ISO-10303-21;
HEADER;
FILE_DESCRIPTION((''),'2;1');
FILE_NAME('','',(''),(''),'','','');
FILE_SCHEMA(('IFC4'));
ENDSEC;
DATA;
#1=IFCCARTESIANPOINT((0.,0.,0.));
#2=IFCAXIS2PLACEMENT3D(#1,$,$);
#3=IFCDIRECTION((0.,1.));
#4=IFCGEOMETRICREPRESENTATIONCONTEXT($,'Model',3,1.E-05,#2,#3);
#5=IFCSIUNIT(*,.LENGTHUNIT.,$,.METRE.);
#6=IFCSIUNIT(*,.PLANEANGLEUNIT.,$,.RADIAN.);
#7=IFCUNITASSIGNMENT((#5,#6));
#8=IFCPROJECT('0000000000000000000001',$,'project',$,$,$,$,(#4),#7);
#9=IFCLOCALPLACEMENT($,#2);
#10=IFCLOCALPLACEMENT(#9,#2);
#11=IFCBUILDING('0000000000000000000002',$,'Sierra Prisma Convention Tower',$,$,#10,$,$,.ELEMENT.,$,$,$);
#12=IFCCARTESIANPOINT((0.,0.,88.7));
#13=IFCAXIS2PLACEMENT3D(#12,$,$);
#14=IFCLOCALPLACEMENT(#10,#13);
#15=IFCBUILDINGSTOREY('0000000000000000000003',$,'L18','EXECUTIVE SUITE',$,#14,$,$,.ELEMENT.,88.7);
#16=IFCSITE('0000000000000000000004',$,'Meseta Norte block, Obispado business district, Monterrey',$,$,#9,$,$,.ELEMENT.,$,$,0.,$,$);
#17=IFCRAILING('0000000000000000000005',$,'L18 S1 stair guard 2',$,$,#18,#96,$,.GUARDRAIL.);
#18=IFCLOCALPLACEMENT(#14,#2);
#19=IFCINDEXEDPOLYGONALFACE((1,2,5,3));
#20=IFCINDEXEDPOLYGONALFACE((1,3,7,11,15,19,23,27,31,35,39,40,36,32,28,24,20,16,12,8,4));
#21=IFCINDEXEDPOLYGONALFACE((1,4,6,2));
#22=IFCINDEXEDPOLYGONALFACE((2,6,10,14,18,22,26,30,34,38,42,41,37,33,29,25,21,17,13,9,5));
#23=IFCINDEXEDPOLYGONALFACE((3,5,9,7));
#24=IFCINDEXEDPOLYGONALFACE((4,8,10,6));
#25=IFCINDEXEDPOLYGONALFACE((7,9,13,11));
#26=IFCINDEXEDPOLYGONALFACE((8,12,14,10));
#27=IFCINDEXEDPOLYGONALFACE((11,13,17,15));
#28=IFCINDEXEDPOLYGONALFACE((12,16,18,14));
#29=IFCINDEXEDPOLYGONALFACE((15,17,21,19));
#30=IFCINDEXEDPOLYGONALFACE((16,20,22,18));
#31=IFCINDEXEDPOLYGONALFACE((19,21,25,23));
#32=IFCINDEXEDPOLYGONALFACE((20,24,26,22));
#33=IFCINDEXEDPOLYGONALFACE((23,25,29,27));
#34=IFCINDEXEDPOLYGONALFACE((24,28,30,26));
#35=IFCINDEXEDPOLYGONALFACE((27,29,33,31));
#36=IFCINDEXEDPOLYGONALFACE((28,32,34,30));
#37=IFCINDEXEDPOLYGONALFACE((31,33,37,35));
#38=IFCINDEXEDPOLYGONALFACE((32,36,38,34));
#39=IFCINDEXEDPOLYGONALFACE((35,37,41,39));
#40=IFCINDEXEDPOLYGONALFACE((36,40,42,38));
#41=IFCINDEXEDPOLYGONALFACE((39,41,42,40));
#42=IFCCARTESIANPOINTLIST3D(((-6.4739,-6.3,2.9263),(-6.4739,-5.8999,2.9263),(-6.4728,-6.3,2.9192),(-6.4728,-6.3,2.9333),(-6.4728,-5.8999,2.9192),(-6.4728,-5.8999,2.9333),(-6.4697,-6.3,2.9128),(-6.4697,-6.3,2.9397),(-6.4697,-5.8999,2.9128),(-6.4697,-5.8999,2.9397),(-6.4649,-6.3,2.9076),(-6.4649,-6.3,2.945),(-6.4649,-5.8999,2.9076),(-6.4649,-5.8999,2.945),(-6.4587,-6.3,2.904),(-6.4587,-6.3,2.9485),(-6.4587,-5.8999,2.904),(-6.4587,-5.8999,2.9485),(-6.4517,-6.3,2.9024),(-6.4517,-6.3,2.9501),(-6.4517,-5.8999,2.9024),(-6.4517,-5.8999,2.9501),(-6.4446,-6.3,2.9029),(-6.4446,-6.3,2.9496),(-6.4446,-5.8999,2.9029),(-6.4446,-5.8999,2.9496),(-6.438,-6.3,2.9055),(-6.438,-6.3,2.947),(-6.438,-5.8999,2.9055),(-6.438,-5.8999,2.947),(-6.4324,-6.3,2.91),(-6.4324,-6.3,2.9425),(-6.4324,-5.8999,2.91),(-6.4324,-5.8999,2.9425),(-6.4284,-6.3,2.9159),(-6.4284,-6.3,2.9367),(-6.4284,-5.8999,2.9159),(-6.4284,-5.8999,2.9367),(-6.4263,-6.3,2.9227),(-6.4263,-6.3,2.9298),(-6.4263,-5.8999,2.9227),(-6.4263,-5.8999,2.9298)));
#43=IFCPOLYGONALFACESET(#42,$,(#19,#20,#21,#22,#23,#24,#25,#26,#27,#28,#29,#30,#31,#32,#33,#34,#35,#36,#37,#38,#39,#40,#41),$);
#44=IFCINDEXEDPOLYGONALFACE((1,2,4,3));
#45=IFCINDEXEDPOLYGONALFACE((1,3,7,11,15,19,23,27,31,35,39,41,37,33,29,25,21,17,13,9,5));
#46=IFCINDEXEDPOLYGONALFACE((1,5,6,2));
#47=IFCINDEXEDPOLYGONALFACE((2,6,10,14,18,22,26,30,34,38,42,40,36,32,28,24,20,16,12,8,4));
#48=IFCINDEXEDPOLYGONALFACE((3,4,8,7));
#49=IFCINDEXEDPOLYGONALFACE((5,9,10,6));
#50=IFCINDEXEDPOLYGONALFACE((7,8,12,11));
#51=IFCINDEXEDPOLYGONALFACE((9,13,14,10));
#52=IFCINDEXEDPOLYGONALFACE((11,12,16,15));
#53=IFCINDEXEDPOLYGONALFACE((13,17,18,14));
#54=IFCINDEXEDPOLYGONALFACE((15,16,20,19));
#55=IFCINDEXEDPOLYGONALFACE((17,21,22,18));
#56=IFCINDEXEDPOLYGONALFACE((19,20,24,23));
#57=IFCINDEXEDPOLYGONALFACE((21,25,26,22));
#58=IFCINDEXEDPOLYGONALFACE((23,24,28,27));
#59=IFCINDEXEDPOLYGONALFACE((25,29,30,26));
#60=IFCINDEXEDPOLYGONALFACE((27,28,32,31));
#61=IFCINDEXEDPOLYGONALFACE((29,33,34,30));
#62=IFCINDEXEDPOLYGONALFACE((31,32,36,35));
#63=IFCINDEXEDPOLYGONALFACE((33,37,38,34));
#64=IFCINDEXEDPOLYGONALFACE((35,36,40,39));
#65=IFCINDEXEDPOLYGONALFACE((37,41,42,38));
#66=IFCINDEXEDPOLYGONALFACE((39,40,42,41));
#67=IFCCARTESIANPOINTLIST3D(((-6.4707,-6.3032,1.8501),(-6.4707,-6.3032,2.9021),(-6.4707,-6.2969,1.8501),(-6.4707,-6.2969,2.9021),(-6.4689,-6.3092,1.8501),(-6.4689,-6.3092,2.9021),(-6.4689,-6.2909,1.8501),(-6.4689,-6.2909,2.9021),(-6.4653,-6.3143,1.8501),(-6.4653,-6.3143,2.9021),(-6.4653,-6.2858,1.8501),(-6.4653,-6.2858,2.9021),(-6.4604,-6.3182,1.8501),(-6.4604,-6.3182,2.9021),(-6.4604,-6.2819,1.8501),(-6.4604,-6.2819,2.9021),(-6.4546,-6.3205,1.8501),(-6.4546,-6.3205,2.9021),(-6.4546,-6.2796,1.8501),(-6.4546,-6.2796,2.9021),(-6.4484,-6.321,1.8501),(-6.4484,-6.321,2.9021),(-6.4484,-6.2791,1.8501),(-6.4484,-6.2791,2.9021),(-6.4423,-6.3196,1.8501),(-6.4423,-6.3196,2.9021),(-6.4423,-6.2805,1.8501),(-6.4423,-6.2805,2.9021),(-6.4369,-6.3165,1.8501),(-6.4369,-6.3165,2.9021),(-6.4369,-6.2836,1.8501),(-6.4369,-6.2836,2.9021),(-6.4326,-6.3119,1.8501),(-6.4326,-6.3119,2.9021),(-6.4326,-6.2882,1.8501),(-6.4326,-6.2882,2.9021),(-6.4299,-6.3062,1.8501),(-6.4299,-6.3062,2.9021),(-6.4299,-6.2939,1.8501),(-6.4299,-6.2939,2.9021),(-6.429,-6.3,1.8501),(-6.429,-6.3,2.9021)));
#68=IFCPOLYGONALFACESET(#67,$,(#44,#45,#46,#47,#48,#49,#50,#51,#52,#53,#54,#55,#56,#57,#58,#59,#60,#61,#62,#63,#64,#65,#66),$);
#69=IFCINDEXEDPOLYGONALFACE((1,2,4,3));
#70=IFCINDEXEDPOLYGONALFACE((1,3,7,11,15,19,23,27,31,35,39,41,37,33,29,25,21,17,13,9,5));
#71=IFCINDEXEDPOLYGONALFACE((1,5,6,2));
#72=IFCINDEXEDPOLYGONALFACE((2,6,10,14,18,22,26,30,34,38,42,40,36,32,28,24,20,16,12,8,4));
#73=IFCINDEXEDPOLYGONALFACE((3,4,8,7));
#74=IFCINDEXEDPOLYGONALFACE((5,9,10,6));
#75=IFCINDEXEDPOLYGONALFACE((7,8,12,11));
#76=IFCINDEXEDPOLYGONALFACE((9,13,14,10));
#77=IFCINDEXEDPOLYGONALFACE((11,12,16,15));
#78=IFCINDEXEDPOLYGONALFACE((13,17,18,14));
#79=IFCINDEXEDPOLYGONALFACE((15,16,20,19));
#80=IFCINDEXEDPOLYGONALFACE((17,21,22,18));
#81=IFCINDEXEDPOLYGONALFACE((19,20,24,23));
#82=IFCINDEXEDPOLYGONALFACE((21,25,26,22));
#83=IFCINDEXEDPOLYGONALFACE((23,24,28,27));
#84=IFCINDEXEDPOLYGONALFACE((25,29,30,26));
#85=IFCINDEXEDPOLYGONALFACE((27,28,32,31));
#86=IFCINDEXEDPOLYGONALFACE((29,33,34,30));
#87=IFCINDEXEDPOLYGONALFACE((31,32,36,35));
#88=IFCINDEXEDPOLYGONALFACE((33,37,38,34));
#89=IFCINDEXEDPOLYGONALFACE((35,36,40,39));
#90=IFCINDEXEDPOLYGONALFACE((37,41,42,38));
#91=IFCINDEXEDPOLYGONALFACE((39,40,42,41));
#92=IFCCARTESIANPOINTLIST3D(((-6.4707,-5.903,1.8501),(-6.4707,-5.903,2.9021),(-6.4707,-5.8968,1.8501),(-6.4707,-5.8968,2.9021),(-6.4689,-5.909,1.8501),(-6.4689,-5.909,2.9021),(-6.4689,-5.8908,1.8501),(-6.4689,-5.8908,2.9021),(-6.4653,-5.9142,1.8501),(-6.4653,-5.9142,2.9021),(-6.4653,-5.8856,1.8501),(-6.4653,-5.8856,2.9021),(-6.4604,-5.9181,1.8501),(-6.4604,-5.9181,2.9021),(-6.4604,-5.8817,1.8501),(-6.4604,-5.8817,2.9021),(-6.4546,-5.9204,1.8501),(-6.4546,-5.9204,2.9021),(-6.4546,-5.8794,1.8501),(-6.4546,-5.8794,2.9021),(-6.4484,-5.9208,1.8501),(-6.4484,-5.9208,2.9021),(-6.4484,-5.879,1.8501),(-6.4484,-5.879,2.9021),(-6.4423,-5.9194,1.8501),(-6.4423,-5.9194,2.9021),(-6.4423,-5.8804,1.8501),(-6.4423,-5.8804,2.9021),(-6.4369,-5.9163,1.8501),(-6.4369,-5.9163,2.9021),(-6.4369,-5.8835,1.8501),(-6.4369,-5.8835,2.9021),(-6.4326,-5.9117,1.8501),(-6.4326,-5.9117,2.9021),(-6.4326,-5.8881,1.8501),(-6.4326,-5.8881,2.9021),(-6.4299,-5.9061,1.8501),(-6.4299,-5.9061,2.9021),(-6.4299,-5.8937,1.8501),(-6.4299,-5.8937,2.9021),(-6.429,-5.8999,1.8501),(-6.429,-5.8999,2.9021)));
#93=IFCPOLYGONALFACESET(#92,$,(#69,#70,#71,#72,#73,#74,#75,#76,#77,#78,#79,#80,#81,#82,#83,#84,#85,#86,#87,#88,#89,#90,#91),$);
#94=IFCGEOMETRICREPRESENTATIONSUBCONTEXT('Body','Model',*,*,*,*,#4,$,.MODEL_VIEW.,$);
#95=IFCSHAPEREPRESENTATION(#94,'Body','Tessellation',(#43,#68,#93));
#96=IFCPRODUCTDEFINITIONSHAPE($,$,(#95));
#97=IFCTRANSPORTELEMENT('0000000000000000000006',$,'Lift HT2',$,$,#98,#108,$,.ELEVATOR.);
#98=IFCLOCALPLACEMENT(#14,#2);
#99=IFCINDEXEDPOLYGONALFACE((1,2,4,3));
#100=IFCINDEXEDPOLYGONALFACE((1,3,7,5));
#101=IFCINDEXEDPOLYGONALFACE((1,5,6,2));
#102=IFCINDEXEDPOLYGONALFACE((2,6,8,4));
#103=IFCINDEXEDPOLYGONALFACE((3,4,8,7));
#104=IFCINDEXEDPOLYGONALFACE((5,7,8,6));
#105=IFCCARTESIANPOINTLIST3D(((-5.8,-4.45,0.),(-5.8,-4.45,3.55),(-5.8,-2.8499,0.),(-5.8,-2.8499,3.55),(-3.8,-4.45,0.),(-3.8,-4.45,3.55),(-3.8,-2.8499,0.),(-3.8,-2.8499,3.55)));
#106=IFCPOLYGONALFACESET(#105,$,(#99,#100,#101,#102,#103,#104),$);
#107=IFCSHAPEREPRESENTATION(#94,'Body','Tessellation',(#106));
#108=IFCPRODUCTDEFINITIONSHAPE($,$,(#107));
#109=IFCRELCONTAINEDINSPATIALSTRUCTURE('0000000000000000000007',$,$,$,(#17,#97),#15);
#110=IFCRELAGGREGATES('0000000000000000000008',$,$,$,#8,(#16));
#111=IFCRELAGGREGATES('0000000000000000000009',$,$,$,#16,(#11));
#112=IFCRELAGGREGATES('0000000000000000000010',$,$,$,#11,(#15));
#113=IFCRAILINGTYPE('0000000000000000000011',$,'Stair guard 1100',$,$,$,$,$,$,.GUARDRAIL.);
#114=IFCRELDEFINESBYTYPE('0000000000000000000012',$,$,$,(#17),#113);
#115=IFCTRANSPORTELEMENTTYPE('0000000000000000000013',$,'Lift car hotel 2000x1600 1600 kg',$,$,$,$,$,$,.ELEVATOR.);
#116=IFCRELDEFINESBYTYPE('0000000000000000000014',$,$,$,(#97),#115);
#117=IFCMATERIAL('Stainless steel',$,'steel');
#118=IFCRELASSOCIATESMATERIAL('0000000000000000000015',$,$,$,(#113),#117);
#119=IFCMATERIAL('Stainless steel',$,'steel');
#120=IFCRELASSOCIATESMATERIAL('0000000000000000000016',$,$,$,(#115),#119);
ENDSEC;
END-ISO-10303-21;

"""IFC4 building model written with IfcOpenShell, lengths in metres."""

from ifc_helpers import new_model, si_unit, direction, frame, origin, origin_2d, place, context, subcontext, project, spatial, rectangle, circle, extrude, material, type_object, element, save


model = new_model("IFC4")

# Units and contexts
model_context = context("Model", 3, precision=1e-05, world=origin(), true_north=direction((0.0, 1.0)))
body_context = subcontext(model_context, "Body", "Model", "MODEL_VIEW")
ifc_project = project(units=[si_unit("LENGTHUNIT", "METRE"), si_unit("PLANEANGLEUNIT", "RADIAN")], contexts=[model_context])

# Site, building, storey
site_placement = place(None, origin())
site = spatial("IfcSite", under=ifc_project, at=site_placement, Name="Meseta Norte block, Obispado business district, Monterrey", CompositionType="ELEMENT", RefElevation=0.0)
building_placement = place(site_placement, origin())
building = spatial("IfcBuilding", under=site, at=building_placement, Name="Sierra Prisma Convention Tower", CompositionType="ELEMENT")
storey_placement = place(building_placement, frame((0.0, 0.0, 88.7)))
storey = spatial("IfcBuildingStorey", under=building, at=storey_placement, Name="L18", Description="EXECUTIVE SUITE", CompositionType="ELEMENT", Elevation=88.7)

# Railing
ifc_material_1 = material(Name="Stainless steel", Category="steel")
railing_type_1 = type_object("IfcRailingType", Name="Stair guard 1100", PredefinedType="GUARDRAIL", material=ifc_material_1)
railing_1_placement = place(storey_placement, frame((-6.45, -6.3, 1.8501)))
element("IfcRailing", 1, at=railing_1_placement, inside=storey, type_object=railing_type_1, Name="L18 S1 stair guard 2", PredefinedType="GUARDRAIL", context=body_context, shape_type="SweptSolid", body=[
    extrude(circle(Radius=0.0239, at=origin_2d()), frame((0.0, 0.0, 1.0762), z_axis=(0.0, 1.0, 0.0), x_axis=(-1.0, 0.0, 0.0)), (0.0, 0.0, 1.0), 0.4001),
    extrude(circle(Radius=0.021, at=origin_2d()), origin(), (0.0, 0.0, 1.0), 1.052),
    extrude(circle(Radius=0.021, at=origin_2d()), frame((0.0, 0.4001, 0.0)), (0.0, 0.0, 1.0), 1.052),
])

# Transport element
ifc_material_2 = material(Name="Stainless steel", Category="steel")
transport_element_type = type_object("IfcTransportElementType", Name="Lift car hotel 2000x1600 1600 kg", PredefinedType="ELEVATOR", material=ifc_material_2)
transport_element_placement = place(storey_placement, frame((-4.8, -3.6499, 0.0), z_axis=(0.0, 0.0, 1.0), x_axis=(1.0, 0.0, 0.0)))
element("IfcTransportElement", 2, at=transport_element_placement, inside=storey, type_object=transport_element_type, Name="Lift HT2", PredefinedType="ELEVATOR", context=body_context, shape_type="SweptSolid", body=[
    extrude(rectangle(XDim=2.0, YDim=1.6001, at=origin_2d()), origin(), (0.0, 0.0, 1.0), 3.55),
])

save(model, "model.ifc")
